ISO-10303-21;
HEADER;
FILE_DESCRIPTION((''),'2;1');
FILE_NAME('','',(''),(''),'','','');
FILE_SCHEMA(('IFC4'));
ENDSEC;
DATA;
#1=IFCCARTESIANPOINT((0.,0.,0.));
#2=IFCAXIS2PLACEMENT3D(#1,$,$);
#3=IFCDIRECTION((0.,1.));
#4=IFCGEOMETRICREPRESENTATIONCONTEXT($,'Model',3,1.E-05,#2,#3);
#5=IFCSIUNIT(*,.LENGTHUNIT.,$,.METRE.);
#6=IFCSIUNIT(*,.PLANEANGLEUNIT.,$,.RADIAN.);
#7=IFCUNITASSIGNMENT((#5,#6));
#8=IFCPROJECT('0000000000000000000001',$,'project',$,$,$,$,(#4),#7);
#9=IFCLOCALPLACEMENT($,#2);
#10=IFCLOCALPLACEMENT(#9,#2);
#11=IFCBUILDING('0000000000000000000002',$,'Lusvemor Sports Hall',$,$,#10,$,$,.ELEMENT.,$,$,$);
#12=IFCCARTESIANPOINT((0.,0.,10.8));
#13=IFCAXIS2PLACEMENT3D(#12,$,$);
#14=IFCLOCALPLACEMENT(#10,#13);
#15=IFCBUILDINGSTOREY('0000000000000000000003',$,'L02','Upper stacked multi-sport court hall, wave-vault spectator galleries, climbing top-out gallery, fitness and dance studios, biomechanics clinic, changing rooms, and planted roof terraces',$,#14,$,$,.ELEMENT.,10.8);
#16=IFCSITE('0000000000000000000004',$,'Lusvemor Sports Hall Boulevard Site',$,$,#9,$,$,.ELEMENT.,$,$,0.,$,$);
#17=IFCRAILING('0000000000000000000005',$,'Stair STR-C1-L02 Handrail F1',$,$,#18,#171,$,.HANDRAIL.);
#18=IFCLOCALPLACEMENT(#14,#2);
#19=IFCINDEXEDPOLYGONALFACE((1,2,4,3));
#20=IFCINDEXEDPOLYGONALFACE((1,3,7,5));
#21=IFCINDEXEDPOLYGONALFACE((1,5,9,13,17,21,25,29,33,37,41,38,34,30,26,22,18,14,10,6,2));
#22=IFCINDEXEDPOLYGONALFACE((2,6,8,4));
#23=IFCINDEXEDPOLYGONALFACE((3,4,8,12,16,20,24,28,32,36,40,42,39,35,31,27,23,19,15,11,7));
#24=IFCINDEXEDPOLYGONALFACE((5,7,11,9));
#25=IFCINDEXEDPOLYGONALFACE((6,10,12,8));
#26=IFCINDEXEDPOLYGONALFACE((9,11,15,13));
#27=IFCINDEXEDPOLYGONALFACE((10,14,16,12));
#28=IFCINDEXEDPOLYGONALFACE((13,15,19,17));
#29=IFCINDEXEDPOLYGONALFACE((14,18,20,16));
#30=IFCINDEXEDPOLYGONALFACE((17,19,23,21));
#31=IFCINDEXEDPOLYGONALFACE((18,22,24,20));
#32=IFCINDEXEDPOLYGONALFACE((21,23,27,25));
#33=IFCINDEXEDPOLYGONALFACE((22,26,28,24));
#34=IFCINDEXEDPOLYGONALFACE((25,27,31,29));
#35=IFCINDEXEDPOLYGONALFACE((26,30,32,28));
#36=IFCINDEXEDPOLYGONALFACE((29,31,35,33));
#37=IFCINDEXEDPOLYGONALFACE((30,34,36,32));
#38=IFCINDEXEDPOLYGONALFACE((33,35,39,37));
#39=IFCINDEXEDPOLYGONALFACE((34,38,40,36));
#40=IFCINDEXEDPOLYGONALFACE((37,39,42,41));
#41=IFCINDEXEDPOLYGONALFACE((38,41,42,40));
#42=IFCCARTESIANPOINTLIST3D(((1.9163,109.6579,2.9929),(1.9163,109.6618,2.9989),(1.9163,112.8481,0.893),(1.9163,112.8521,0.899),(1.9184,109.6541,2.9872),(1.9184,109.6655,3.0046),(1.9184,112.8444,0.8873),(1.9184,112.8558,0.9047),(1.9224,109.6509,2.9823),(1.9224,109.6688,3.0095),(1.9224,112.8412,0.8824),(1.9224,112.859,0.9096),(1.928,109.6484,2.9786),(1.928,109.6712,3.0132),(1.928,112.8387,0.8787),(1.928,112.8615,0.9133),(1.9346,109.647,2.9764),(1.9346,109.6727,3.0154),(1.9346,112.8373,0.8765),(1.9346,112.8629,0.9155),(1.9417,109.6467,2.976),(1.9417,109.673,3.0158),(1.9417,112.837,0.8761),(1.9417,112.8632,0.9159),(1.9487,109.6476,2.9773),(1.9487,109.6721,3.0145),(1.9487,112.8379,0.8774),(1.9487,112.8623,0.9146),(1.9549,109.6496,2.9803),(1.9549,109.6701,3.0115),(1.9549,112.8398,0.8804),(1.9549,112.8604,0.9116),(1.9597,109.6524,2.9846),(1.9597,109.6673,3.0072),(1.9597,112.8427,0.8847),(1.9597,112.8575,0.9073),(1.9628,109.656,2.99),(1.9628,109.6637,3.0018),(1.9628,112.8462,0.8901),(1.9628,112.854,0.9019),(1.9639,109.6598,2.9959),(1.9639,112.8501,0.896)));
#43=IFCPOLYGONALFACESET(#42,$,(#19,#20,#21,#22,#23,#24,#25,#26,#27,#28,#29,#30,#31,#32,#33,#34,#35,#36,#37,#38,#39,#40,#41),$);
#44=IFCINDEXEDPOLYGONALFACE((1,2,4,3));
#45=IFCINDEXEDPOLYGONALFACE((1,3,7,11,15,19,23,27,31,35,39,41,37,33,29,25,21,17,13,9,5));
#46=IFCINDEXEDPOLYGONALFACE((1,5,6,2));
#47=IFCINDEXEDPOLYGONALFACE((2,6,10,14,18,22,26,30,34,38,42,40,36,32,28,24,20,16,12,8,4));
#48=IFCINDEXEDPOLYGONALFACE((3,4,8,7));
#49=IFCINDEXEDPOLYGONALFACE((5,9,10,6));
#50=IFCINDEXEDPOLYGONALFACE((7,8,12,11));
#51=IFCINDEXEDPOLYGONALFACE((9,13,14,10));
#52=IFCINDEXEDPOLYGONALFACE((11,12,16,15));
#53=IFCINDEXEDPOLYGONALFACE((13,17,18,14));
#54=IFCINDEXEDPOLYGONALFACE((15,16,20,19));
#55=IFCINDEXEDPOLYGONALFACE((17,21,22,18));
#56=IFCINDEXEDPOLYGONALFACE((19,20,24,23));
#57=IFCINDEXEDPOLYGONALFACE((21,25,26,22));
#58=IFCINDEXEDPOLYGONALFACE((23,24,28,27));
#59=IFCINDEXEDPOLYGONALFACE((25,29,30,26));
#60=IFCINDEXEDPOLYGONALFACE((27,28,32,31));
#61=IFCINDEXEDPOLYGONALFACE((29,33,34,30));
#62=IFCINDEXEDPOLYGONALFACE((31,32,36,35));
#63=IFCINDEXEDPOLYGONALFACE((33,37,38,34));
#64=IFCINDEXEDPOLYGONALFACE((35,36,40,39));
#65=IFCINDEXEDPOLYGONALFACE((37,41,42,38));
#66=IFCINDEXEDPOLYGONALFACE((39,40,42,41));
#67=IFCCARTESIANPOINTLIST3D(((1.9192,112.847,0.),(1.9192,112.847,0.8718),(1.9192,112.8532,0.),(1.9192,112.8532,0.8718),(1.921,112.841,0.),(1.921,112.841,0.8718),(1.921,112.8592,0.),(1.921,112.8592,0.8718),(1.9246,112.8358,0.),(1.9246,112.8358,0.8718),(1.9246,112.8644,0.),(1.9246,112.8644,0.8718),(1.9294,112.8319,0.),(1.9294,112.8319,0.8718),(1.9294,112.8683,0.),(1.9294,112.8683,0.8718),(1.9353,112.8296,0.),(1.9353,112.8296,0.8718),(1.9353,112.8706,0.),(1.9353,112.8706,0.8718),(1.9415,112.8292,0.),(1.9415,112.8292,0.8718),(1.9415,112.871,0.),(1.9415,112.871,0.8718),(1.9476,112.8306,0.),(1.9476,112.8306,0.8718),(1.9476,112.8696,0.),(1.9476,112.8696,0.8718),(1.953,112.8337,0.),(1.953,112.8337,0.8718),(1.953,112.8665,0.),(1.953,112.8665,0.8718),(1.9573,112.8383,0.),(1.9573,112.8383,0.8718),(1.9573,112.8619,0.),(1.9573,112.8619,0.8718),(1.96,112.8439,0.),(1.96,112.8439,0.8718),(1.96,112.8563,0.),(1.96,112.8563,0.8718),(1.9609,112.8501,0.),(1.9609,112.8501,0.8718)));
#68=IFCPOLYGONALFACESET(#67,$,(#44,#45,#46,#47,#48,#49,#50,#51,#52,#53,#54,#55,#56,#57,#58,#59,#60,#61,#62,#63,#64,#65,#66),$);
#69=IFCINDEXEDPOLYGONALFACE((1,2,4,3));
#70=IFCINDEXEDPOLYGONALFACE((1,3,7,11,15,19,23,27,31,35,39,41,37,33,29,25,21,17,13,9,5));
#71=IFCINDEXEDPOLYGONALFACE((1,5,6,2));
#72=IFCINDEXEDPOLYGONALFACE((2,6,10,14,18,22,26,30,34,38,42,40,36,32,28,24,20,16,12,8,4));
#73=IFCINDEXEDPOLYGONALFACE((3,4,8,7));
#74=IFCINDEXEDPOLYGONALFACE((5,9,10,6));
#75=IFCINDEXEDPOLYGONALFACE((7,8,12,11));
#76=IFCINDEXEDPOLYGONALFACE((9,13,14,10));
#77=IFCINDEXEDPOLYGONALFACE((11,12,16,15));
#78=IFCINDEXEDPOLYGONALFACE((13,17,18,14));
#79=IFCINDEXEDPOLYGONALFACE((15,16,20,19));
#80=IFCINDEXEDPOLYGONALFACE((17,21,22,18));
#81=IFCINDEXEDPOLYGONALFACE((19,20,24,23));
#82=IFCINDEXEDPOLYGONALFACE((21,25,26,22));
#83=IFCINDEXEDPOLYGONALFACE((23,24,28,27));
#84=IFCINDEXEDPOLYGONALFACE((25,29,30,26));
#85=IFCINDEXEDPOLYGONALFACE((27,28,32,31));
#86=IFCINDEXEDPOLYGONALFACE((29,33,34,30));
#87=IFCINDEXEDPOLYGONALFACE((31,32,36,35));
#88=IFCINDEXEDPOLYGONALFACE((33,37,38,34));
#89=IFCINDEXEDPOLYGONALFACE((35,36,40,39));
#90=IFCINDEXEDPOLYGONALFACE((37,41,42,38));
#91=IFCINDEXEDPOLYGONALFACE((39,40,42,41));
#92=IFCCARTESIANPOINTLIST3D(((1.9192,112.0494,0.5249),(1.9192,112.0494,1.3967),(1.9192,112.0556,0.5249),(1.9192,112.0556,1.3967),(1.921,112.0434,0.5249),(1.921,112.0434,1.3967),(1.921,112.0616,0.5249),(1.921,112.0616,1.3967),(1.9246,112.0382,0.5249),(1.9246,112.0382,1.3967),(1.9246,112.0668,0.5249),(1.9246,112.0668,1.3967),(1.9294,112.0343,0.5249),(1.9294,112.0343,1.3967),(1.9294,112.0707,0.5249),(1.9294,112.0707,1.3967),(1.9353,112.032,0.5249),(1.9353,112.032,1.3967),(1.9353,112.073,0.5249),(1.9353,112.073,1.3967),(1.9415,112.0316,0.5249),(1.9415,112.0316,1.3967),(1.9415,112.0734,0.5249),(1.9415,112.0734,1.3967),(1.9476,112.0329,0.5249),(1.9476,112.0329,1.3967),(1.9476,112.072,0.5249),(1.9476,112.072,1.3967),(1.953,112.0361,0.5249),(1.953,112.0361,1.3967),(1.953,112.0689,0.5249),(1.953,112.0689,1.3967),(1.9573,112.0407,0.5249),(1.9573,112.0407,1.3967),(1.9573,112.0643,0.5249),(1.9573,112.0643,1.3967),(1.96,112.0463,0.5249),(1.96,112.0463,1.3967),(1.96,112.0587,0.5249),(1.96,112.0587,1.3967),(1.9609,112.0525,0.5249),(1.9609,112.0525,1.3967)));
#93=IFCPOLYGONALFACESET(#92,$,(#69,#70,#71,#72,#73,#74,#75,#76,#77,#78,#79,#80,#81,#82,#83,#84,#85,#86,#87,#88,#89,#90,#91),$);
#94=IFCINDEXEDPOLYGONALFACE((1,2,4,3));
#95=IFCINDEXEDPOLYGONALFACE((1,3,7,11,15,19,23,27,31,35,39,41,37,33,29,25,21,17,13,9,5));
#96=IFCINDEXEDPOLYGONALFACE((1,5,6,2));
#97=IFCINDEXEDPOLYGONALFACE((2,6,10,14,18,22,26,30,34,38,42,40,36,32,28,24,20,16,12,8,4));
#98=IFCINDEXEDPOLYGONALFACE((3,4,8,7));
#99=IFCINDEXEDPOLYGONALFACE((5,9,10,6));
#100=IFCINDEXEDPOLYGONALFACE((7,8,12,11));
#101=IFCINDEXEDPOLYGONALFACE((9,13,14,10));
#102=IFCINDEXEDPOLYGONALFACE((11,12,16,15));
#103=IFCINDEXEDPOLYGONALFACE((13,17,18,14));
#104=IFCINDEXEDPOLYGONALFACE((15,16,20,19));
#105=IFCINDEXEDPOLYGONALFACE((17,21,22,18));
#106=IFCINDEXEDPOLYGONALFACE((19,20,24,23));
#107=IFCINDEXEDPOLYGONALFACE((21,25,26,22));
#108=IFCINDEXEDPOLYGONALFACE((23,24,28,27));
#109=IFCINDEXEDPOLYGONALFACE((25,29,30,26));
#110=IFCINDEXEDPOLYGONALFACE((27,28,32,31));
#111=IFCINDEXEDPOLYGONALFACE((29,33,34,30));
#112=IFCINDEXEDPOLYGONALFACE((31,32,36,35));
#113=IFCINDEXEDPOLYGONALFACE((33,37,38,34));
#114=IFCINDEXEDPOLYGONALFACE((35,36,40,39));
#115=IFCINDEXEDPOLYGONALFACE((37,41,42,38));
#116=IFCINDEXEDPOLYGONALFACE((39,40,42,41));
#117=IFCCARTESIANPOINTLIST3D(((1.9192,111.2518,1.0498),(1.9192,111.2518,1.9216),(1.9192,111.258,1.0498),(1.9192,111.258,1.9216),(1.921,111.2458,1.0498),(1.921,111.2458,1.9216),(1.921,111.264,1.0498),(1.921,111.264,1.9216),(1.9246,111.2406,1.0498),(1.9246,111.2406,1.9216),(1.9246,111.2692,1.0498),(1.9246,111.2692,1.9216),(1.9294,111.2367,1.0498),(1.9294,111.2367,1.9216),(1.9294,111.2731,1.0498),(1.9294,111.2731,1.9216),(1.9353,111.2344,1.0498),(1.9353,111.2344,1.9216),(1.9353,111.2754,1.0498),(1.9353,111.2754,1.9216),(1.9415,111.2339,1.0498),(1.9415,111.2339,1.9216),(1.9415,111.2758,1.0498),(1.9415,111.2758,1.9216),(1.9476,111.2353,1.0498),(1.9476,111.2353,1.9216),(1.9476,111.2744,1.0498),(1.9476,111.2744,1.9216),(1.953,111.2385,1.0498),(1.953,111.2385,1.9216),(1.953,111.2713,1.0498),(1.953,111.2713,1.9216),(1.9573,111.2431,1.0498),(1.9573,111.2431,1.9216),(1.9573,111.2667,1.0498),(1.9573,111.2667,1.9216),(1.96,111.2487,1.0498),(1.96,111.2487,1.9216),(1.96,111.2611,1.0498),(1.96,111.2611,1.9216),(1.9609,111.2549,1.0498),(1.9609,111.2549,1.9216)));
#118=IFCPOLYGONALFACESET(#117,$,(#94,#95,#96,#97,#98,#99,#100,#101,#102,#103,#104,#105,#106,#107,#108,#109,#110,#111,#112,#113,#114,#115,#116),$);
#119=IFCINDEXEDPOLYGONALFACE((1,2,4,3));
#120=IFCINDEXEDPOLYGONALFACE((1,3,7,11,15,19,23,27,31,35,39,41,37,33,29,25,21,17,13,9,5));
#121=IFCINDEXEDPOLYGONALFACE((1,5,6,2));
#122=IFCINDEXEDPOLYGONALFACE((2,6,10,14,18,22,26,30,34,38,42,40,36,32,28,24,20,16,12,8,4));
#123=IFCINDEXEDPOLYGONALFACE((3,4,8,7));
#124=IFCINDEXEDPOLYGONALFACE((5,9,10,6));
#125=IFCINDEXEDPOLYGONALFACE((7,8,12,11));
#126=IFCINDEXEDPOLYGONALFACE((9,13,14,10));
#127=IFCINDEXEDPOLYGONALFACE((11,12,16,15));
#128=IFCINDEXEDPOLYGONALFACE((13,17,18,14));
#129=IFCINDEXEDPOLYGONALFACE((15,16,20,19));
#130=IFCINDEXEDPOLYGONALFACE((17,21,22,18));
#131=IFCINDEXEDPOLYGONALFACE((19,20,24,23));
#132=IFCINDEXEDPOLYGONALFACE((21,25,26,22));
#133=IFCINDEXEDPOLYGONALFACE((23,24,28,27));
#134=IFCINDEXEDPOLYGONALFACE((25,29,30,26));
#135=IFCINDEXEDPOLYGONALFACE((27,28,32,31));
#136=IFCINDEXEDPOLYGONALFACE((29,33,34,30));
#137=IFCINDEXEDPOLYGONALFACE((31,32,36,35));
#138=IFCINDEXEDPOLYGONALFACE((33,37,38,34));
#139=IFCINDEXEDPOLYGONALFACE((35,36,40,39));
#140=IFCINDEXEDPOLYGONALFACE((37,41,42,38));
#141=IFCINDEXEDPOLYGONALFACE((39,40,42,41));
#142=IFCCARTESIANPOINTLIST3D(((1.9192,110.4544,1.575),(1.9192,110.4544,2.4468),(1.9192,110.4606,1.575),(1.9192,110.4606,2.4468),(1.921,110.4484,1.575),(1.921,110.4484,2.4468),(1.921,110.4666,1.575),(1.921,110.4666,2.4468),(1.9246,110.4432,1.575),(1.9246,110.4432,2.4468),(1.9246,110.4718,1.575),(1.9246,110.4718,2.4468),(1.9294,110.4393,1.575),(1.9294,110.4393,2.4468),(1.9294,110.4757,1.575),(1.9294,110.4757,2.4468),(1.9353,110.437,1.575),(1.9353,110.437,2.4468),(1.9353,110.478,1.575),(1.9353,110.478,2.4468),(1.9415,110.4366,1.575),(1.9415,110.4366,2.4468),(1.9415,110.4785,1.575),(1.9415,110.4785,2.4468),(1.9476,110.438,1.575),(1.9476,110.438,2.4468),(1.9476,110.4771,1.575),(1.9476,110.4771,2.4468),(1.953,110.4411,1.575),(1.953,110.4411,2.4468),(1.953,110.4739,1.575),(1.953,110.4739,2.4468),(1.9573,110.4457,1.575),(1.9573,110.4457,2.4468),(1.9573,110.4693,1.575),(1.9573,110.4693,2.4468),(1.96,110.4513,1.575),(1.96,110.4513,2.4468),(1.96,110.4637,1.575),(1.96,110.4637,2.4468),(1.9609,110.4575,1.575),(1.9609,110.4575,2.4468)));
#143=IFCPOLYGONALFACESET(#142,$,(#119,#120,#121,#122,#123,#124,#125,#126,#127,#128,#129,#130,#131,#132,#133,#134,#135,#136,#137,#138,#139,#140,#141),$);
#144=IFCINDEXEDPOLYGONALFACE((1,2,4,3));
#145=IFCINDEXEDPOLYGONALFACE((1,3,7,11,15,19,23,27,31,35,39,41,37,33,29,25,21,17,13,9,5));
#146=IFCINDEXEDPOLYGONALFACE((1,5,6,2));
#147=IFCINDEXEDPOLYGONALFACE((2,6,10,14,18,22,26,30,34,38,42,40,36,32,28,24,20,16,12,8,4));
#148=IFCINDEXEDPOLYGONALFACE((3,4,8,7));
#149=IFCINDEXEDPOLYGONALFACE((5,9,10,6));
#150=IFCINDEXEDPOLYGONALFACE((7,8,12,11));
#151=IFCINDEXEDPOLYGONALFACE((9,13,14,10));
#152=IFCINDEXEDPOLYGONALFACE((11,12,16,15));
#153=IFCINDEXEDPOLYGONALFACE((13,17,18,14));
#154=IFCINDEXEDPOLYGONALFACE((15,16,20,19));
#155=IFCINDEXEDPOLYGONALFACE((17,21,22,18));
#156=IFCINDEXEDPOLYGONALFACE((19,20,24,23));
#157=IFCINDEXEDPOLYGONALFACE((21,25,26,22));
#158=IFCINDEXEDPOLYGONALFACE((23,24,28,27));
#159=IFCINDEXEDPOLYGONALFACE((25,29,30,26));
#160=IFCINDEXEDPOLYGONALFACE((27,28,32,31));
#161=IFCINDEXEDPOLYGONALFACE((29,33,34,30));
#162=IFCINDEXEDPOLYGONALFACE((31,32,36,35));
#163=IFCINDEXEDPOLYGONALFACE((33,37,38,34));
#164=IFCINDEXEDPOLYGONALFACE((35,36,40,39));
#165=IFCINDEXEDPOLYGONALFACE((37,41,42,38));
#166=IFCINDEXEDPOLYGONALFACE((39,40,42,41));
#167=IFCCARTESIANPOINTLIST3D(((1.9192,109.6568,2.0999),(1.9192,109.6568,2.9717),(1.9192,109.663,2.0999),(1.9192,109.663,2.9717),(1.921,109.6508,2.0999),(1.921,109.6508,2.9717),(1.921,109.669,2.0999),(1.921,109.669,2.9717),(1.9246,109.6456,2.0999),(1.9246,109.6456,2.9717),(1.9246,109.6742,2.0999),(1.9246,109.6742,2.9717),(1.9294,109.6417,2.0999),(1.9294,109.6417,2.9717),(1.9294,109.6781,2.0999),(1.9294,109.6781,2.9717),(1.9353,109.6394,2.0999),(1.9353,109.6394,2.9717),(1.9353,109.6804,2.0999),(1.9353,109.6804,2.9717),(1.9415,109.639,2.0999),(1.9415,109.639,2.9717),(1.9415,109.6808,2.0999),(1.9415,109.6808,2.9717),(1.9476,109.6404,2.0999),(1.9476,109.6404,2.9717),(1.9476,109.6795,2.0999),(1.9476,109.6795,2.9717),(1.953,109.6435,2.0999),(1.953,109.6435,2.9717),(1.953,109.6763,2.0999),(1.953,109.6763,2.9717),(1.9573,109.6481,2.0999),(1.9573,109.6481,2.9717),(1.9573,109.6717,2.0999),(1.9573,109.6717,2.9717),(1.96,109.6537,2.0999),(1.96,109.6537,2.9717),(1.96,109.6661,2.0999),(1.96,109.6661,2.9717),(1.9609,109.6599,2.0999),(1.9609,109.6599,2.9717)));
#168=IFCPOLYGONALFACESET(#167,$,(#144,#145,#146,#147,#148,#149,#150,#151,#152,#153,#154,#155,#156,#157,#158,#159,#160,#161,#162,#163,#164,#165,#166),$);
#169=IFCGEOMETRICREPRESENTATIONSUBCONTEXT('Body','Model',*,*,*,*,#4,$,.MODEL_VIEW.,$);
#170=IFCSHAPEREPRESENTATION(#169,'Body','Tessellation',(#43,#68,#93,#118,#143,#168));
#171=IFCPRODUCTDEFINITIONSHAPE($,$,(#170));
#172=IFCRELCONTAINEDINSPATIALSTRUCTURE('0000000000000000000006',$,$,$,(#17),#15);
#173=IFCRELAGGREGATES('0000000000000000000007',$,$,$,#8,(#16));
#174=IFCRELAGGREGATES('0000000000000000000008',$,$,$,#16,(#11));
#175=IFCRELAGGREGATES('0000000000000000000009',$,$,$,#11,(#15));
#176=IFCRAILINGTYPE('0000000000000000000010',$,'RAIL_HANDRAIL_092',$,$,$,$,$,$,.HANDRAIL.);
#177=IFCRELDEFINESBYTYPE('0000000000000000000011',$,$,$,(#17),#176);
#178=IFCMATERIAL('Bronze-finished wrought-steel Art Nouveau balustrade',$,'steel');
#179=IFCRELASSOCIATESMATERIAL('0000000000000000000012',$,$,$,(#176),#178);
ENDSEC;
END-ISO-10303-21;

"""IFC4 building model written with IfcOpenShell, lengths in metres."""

from ifc_helpers import new_model, si_unit, direction, frame, origin, origin_2d, place, context, subcontext, project, spatial, circle, extrude, material, type_object, element, save


model = new_model("IFC4")

# Units and contexts
model_context = context("Model", 3, precision=1e-05, world=origin(), true_north=direction((0.0, 1.0)))
body_context = subcontext(model_context, "Body", "Model", "MODEL_VIEW")
ifc_project = project(units=[si_unit("LENGTHUNIT", "METRE"), si_unit("PLANEANGLEUNIT", "RADIAN")], contexts=[model_context])

# Site, building, storey
site_placement = place(None, origin())
site = spatial("IfcSite", under=ifc_project, at=site_placement, Name="Lusvemor Sports Hall Boulevard Site", CompositionType="ELEMENT", RefElevation=0.0)
building_placement = place(site_placement, origin())
building = spatial("IfcBuilding", under=site, at=building_placement, Name="Lusvemor Sports Hall", CompositionType="ELEMENT")
storey_placement = place(building_placement, frame((0.0, 0.0, 10.8)))
storey = spatial("IfcBuildingStorey", under=building, at=storey_placement, Name="L02", Description="Upper stacked multi-sport court hall, wave-vault spectator galleries, climbing top-out gallery, fitness and dance studios, biomechanics clinic, changing rooms, and planted roof terraces", CompositionType="ELEMENT", Elevation=10.8)

# Railing
ifc_material_1 = material(Name="Bronze-finished wrought-steel Art Nouveau balustrade", Category="steel")
railing_type_1 = type_object("IfcRailingType", Name="RAIL_HANDRAIL_092", PredefinedType="HANDRAIL", material=ifc_material_1)
railing_1_placement = place(storey_placement, frame((1.9399, 112.8501, 0.0)))
element("IfcRailing", 1, at=railing_1_placement, inside=storey, type_object=railing_type_1, Name="Stair STR-C1-L02 Handrail F1", PredefinedType="HANDRAIL", context=body_context, shape_type="SweptSolid", body=[
    extrude(circle(Radius=0.0239, at=origin_2d()), frame((0.0, 0.0, 0.896), z_axis=(0.0, -0.835291, 0.549808), x_axis=(1.0, 0.0, 0.0)), (0.0, 0.0, 1.0), 3.8193),
    extrude(circle(Radius=0.021, at=origin_2d()), origin(), (0.0, 0.0, 1.0), 0.8718),
    extrude(circle(Radius=0.021, at=origin_2d()), frame((0.0, -0.7976, 0.5249)), (0.0, 0.0, 1.0), 0.8718),
    extrude(circle(Radius=0.021, at=origin_2d()), frame((0.0, -1.5952, 1.0498)), (0.0, 0.0, 1.0), 0.8718),
    extrude(circle(Radius=0.021, at=origin_2d()), frame((0.0, -2.3926, 1.575)), (0.0, 0.0, 1.0), 0.8718),
    extrude(circle(Radius=0.021, at=origin_2d()), frame((0.0, -3.1902, 2.0999)), (0.0, 0.0, 1.0), 0.8718),
])

save(model, "model.ifc")
